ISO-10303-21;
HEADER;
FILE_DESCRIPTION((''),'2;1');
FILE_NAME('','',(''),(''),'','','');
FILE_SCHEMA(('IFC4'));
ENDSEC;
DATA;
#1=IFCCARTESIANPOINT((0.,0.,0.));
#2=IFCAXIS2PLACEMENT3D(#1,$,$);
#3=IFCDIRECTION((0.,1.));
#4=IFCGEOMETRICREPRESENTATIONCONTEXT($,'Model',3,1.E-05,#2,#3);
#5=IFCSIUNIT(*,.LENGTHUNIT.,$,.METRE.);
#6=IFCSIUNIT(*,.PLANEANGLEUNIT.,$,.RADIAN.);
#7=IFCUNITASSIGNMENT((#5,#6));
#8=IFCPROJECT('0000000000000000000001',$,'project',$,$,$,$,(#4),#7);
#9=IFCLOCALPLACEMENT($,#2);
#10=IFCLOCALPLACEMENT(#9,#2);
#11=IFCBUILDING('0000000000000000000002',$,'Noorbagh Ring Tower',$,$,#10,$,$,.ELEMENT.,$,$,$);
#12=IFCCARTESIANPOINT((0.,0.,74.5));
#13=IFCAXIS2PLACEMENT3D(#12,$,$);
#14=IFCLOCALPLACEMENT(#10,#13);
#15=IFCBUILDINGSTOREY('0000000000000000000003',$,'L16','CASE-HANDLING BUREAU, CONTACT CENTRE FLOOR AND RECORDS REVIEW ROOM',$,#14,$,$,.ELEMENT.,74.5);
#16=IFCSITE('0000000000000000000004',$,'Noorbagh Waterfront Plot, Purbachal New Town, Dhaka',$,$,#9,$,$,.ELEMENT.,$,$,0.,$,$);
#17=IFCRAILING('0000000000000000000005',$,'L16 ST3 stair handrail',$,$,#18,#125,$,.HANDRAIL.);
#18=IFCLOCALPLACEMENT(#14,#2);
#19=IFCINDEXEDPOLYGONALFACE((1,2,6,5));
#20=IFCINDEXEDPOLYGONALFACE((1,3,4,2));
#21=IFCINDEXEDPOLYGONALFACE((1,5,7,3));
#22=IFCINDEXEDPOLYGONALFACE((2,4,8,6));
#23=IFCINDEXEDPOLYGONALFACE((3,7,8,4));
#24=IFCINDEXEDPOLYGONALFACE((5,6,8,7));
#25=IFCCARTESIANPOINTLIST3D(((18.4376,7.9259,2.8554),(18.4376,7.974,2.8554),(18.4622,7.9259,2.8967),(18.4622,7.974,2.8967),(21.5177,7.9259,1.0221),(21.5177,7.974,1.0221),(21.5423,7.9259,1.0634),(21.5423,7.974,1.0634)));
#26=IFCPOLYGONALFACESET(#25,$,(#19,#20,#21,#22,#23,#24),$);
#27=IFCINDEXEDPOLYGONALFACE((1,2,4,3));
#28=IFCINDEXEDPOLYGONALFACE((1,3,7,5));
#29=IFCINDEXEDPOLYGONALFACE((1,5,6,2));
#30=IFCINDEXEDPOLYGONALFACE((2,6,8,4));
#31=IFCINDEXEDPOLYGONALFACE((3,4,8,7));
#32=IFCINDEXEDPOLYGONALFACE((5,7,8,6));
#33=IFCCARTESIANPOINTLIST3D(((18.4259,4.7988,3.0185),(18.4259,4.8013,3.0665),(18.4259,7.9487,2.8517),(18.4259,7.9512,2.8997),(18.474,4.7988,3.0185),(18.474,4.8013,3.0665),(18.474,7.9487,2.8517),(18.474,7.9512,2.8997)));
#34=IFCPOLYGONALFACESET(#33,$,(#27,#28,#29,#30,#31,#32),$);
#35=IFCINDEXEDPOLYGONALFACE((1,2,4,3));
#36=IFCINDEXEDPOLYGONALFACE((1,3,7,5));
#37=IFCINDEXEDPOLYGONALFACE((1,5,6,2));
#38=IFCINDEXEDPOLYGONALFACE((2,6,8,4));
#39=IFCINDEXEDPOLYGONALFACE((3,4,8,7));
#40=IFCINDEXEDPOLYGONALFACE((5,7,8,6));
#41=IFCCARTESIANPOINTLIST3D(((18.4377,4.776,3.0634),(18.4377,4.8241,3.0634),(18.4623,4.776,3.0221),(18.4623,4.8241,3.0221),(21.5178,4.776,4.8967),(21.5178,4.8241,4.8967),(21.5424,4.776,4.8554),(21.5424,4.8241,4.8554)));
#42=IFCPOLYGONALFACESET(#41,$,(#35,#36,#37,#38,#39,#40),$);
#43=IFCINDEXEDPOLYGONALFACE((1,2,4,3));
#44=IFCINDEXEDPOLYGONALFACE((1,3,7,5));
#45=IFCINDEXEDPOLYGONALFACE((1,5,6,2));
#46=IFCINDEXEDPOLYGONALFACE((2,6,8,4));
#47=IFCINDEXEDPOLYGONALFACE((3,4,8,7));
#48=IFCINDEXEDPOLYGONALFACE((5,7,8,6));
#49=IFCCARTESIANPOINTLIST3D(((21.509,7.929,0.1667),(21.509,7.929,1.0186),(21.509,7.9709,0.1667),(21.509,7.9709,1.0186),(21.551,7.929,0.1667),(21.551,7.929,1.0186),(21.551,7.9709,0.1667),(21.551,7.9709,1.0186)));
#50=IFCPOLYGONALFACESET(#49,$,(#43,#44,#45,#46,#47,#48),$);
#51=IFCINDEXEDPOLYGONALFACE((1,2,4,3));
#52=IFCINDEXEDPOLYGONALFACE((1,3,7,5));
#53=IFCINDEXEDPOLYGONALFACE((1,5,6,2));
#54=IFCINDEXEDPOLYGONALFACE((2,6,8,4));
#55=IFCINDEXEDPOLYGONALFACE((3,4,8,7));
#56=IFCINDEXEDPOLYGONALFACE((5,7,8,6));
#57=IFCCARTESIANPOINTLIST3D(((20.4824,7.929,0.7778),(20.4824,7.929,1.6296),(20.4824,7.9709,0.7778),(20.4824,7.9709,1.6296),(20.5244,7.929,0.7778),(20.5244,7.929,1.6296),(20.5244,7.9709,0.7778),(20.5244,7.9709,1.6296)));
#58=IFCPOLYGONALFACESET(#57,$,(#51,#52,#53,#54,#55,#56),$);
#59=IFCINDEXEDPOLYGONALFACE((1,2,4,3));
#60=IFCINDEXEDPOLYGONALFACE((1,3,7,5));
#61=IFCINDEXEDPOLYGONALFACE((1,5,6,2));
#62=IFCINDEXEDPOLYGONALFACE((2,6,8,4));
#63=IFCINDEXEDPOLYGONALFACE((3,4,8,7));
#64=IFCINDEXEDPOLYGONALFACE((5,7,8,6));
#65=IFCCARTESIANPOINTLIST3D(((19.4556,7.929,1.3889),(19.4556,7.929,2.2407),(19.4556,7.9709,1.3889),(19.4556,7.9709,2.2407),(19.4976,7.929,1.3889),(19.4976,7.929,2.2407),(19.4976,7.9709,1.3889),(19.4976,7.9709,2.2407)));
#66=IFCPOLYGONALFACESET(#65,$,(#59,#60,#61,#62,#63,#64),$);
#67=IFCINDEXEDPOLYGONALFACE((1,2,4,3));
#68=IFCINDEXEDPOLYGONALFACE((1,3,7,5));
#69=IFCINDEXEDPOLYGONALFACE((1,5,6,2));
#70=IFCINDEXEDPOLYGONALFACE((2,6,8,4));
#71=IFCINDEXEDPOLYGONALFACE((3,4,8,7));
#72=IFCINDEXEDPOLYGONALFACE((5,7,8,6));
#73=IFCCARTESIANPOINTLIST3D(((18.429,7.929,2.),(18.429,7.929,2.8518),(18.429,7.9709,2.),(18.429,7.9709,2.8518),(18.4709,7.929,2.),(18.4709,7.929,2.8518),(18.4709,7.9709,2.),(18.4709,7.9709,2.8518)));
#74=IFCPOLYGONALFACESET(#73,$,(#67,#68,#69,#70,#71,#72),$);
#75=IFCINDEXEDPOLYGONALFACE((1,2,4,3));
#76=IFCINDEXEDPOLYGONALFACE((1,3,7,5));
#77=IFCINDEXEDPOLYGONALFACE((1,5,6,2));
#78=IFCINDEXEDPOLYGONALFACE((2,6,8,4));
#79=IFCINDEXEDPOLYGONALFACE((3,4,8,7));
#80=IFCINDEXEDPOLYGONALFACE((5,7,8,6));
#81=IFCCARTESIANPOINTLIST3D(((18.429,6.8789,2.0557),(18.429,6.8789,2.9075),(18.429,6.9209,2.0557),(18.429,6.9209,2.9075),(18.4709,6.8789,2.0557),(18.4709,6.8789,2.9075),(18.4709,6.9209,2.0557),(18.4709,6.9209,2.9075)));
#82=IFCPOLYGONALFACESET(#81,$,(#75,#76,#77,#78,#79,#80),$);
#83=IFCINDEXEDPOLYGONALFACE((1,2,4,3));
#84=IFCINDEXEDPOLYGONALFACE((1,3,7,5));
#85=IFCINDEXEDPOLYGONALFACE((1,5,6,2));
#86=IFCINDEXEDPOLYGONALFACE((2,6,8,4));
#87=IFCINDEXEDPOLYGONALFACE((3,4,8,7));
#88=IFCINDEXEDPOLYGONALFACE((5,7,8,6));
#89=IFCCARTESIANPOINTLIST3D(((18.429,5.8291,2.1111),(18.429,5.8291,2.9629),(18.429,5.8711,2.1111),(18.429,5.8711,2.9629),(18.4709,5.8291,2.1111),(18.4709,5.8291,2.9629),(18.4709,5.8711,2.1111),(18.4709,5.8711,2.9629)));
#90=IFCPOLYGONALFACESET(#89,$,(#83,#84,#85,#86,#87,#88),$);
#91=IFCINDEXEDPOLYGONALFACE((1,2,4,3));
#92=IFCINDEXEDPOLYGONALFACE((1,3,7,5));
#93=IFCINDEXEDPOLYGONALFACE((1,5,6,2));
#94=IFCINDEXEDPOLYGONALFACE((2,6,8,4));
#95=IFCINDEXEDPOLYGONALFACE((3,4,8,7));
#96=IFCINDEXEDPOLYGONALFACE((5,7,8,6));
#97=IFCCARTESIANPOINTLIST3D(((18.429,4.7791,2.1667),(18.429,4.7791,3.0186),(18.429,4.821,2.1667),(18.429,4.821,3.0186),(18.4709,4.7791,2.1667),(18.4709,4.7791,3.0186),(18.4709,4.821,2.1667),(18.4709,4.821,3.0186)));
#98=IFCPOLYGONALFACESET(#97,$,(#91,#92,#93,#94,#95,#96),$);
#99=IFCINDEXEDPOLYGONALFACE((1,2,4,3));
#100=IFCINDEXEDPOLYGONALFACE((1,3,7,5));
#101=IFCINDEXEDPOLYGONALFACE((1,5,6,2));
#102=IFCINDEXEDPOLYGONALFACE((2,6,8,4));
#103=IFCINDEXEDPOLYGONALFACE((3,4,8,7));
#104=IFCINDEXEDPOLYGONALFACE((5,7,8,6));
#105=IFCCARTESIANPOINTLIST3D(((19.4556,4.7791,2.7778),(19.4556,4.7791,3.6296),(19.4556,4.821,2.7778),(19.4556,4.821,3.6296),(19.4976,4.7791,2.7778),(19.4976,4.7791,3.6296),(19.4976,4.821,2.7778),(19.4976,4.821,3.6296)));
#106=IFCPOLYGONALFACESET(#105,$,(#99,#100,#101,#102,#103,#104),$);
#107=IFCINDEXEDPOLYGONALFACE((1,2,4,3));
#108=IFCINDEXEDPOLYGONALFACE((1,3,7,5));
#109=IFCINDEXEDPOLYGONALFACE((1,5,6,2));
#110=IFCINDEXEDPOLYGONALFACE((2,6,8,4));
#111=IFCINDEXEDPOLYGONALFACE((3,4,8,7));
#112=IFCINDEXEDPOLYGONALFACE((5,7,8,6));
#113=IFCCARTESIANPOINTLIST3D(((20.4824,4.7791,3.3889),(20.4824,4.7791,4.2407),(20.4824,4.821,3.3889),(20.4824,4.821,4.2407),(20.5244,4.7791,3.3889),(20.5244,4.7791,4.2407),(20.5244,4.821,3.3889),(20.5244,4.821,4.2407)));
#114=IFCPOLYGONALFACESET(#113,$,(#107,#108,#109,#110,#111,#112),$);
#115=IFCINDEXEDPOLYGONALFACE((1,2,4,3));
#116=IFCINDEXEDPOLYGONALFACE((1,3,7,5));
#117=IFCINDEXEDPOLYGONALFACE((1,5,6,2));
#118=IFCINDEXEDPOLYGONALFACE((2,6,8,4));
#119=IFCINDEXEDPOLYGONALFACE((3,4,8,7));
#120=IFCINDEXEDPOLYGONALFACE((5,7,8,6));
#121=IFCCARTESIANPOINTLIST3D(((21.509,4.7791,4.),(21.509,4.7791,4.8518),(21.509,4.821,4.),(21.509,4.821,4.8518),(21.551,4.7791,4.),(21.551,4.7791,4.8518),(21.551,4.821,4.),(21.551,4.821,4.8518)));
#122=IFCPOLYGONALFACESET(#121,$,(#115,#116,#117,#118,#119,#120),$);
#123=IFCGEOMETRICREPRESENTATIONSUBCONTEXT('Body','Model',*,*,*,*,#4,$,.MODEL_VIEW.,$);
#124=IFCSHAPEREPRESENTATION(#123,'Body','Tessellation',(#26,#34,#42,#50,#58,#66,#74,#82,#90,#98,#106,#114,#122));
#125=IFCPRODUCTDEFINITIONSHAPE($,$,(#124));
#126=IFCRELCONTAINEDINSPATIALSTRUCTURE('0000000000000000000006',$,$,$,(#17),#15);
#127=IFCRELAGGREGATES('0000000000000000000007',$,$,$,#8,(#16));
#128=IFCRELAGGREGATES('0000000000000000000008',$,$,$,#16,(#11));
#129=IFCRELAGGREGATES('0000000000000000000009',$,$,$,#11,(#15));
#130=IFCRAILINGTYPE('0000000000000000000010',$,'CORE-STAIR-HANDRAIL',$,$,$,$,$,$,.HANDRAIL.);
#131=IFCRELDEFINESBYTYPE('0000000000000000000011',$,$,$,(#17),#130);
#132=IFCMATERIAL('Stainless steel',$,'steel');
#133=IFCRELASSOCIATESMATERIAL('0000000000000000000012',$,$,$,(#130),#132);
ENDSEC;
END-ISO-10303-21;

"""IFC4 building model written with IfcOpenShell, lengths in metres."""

from ifc_helpers import new_model, si_unit, direction, frame, origin, origin_2d, place, context, subcontext, project, spatial, rectangle, extrude, material, type_object, element, save


model = new_model("IFC4")

# Units and contexts
model_context = context("Model", 3, precision=1e-05, world=origin(), true_north=direction((0.0, 1.0)))
body_context = subcontext(model_context, "Body", "Model", "MODEL_VIEW")
ifc_project = project(units=[si_unit("LENGTHUNIT", "METRE"), si_unit("PLANEANGLEUNIT", "RADIAN")], contexts=[model_context])

# Site, building, storey
site_placement = place(None, origin())
site = spatial("IfcSite", under=ifc_project, at=site_placement, Name="Noorbagh Waterfront Plot, Purbachal New Town, Dhaka", CompositionType="ELEMENT", RefElevation=0.0)
building_placement = place(site_placement, origin())
building = spatial("IfcBuilding", under=site, at=building_placement, Name="Noorbagh Ring Tower", CompositionType="ELEMENT")
storey_placement = place(building_placement, frame((0.0, 0.0, 74.5)))
storey = spatial("IfcBuildingStorey", under=building, at=storey_placement, Name="L16", Description="CASE-HANDLING BUREAU, CONTACT CENTRE FLOOR AND RECORDS REVIEW ROOM", CompositionType="ELEMENT", Elevation=74.5)

# Railing
ifc_material_1 = material(Name="Stainless steel", Category="steel")
railing_type_1 = type_object("IfcRailingType", Name="CORE-STAIR-HANDRAIL", PredefinedType="HANDRAIL", material=ifc_material_1)
railing_1_placement = place(storey_placement, frame((21.53, 7.95, 0.1667)))
element("IfcRailing", 1, at=railing_1_placement, inside=storey, type_object=railing_type_1, Name="L16 ST3 stair handrail", PredefinedType="HANDRAIL", context=body_context, shape_type="SweptSolid", body=[
    extrude(rectangle(XDim=0.0481, YDim=0.0481, at=origin_2d()), frame((0.0, 0.0, 0.876), z_axis=(-0.859309, 0.0, 0.511458), x_axis=(0.0, -1.0, 0.0)), (0.0, 0.0, 1.0), 3.5845),
    extrude(rectangle(XDim=0.0481, YDim=0.0481, at=origin_2d()), frame((-3.0801, 0.0, 2.709), z_axis=(0.0, -0.998602, 0.052864), x_axis=(1.0, 0.0, 0.0)), (0.0, 0.0, 1.0), 3.1543),
    extrude(rectangle(XDim=0.0481, YDim=0.0481, at=origin_2d()), frame((-3.0801, -3.1499, 2.876), z_axis=(0.859309, 0.0, 0.511458), x_axis=(0.0, 1.0, 0.0)), (0.0, 0.0, 1.0), 3.5845),
    extrude(rectangle(XDim=0.042, YDim=0.042, at=origin_2d()), origin(), (0.0, 0.0, 1.0), 0.8518),
    extrude(rectangle(XDim=0.042, YDim=0.042, at=origin_2d()), frame((-1.0266, 0.0, 0.6111)), (0.0, 0.0, 1.0), 0.8518),
    extrude(rectangle(XDim=0.042, YDim=0.042, at=origin_2d()), frame((-2.0535, 0.0, 1.2222)), (0.0, 0.0, 1.0), 0.8518),
    extrude(rectangle(XDim=0.042, YDim=0.042, at=origin_2d()), frame((-3.0801, 0.0, 1.8333)), (0.0, 0.0, 1.0), 0.8518),
    extrude(rectangle(XDim=0.042, YDim=0.042, at=origin_2d()), frame((-3.0801, -1.05, 1.8889)), (0.0, 0.0, 1.0), 0.8518),
    extrude(rectangle(XDim=0.042, YDim=0.042, at=origin_2d()), frame((-3.0801, -2.0999, 1.9443)), (0.0, 0.0, 1.0), 0.8518),
    extrude(rectangle(XDim=0.042, YDim=0.042, at=origin_2d()), frame((-3.0801, -3.1499, 2.0)), (0.0, 0.0, 1.0), 0.8518),
    extrude(rectangle(XDim=0.042, YDim=0.042, at=origin_2d()), frame((-2.0535, -3.1499, 2.6111)), (0.0, 0.0, 1.0), 0.8518),
    extrude(rectangle(XDim=0.042, YDim=0.042, at=origin_2d()), frame((-1.0266, -3.1499, 3.2222)), (0.0, 0.0, 1.0), 0.8518),
    extrude(rectangle(XDim=0.042, YDim=0.042, at=origin_2d()), frame((0.0, -3.1499, 3.8333)), (0.0, 0.0, 1.0), 0.8518),
])

save(model, "model.ifc")
